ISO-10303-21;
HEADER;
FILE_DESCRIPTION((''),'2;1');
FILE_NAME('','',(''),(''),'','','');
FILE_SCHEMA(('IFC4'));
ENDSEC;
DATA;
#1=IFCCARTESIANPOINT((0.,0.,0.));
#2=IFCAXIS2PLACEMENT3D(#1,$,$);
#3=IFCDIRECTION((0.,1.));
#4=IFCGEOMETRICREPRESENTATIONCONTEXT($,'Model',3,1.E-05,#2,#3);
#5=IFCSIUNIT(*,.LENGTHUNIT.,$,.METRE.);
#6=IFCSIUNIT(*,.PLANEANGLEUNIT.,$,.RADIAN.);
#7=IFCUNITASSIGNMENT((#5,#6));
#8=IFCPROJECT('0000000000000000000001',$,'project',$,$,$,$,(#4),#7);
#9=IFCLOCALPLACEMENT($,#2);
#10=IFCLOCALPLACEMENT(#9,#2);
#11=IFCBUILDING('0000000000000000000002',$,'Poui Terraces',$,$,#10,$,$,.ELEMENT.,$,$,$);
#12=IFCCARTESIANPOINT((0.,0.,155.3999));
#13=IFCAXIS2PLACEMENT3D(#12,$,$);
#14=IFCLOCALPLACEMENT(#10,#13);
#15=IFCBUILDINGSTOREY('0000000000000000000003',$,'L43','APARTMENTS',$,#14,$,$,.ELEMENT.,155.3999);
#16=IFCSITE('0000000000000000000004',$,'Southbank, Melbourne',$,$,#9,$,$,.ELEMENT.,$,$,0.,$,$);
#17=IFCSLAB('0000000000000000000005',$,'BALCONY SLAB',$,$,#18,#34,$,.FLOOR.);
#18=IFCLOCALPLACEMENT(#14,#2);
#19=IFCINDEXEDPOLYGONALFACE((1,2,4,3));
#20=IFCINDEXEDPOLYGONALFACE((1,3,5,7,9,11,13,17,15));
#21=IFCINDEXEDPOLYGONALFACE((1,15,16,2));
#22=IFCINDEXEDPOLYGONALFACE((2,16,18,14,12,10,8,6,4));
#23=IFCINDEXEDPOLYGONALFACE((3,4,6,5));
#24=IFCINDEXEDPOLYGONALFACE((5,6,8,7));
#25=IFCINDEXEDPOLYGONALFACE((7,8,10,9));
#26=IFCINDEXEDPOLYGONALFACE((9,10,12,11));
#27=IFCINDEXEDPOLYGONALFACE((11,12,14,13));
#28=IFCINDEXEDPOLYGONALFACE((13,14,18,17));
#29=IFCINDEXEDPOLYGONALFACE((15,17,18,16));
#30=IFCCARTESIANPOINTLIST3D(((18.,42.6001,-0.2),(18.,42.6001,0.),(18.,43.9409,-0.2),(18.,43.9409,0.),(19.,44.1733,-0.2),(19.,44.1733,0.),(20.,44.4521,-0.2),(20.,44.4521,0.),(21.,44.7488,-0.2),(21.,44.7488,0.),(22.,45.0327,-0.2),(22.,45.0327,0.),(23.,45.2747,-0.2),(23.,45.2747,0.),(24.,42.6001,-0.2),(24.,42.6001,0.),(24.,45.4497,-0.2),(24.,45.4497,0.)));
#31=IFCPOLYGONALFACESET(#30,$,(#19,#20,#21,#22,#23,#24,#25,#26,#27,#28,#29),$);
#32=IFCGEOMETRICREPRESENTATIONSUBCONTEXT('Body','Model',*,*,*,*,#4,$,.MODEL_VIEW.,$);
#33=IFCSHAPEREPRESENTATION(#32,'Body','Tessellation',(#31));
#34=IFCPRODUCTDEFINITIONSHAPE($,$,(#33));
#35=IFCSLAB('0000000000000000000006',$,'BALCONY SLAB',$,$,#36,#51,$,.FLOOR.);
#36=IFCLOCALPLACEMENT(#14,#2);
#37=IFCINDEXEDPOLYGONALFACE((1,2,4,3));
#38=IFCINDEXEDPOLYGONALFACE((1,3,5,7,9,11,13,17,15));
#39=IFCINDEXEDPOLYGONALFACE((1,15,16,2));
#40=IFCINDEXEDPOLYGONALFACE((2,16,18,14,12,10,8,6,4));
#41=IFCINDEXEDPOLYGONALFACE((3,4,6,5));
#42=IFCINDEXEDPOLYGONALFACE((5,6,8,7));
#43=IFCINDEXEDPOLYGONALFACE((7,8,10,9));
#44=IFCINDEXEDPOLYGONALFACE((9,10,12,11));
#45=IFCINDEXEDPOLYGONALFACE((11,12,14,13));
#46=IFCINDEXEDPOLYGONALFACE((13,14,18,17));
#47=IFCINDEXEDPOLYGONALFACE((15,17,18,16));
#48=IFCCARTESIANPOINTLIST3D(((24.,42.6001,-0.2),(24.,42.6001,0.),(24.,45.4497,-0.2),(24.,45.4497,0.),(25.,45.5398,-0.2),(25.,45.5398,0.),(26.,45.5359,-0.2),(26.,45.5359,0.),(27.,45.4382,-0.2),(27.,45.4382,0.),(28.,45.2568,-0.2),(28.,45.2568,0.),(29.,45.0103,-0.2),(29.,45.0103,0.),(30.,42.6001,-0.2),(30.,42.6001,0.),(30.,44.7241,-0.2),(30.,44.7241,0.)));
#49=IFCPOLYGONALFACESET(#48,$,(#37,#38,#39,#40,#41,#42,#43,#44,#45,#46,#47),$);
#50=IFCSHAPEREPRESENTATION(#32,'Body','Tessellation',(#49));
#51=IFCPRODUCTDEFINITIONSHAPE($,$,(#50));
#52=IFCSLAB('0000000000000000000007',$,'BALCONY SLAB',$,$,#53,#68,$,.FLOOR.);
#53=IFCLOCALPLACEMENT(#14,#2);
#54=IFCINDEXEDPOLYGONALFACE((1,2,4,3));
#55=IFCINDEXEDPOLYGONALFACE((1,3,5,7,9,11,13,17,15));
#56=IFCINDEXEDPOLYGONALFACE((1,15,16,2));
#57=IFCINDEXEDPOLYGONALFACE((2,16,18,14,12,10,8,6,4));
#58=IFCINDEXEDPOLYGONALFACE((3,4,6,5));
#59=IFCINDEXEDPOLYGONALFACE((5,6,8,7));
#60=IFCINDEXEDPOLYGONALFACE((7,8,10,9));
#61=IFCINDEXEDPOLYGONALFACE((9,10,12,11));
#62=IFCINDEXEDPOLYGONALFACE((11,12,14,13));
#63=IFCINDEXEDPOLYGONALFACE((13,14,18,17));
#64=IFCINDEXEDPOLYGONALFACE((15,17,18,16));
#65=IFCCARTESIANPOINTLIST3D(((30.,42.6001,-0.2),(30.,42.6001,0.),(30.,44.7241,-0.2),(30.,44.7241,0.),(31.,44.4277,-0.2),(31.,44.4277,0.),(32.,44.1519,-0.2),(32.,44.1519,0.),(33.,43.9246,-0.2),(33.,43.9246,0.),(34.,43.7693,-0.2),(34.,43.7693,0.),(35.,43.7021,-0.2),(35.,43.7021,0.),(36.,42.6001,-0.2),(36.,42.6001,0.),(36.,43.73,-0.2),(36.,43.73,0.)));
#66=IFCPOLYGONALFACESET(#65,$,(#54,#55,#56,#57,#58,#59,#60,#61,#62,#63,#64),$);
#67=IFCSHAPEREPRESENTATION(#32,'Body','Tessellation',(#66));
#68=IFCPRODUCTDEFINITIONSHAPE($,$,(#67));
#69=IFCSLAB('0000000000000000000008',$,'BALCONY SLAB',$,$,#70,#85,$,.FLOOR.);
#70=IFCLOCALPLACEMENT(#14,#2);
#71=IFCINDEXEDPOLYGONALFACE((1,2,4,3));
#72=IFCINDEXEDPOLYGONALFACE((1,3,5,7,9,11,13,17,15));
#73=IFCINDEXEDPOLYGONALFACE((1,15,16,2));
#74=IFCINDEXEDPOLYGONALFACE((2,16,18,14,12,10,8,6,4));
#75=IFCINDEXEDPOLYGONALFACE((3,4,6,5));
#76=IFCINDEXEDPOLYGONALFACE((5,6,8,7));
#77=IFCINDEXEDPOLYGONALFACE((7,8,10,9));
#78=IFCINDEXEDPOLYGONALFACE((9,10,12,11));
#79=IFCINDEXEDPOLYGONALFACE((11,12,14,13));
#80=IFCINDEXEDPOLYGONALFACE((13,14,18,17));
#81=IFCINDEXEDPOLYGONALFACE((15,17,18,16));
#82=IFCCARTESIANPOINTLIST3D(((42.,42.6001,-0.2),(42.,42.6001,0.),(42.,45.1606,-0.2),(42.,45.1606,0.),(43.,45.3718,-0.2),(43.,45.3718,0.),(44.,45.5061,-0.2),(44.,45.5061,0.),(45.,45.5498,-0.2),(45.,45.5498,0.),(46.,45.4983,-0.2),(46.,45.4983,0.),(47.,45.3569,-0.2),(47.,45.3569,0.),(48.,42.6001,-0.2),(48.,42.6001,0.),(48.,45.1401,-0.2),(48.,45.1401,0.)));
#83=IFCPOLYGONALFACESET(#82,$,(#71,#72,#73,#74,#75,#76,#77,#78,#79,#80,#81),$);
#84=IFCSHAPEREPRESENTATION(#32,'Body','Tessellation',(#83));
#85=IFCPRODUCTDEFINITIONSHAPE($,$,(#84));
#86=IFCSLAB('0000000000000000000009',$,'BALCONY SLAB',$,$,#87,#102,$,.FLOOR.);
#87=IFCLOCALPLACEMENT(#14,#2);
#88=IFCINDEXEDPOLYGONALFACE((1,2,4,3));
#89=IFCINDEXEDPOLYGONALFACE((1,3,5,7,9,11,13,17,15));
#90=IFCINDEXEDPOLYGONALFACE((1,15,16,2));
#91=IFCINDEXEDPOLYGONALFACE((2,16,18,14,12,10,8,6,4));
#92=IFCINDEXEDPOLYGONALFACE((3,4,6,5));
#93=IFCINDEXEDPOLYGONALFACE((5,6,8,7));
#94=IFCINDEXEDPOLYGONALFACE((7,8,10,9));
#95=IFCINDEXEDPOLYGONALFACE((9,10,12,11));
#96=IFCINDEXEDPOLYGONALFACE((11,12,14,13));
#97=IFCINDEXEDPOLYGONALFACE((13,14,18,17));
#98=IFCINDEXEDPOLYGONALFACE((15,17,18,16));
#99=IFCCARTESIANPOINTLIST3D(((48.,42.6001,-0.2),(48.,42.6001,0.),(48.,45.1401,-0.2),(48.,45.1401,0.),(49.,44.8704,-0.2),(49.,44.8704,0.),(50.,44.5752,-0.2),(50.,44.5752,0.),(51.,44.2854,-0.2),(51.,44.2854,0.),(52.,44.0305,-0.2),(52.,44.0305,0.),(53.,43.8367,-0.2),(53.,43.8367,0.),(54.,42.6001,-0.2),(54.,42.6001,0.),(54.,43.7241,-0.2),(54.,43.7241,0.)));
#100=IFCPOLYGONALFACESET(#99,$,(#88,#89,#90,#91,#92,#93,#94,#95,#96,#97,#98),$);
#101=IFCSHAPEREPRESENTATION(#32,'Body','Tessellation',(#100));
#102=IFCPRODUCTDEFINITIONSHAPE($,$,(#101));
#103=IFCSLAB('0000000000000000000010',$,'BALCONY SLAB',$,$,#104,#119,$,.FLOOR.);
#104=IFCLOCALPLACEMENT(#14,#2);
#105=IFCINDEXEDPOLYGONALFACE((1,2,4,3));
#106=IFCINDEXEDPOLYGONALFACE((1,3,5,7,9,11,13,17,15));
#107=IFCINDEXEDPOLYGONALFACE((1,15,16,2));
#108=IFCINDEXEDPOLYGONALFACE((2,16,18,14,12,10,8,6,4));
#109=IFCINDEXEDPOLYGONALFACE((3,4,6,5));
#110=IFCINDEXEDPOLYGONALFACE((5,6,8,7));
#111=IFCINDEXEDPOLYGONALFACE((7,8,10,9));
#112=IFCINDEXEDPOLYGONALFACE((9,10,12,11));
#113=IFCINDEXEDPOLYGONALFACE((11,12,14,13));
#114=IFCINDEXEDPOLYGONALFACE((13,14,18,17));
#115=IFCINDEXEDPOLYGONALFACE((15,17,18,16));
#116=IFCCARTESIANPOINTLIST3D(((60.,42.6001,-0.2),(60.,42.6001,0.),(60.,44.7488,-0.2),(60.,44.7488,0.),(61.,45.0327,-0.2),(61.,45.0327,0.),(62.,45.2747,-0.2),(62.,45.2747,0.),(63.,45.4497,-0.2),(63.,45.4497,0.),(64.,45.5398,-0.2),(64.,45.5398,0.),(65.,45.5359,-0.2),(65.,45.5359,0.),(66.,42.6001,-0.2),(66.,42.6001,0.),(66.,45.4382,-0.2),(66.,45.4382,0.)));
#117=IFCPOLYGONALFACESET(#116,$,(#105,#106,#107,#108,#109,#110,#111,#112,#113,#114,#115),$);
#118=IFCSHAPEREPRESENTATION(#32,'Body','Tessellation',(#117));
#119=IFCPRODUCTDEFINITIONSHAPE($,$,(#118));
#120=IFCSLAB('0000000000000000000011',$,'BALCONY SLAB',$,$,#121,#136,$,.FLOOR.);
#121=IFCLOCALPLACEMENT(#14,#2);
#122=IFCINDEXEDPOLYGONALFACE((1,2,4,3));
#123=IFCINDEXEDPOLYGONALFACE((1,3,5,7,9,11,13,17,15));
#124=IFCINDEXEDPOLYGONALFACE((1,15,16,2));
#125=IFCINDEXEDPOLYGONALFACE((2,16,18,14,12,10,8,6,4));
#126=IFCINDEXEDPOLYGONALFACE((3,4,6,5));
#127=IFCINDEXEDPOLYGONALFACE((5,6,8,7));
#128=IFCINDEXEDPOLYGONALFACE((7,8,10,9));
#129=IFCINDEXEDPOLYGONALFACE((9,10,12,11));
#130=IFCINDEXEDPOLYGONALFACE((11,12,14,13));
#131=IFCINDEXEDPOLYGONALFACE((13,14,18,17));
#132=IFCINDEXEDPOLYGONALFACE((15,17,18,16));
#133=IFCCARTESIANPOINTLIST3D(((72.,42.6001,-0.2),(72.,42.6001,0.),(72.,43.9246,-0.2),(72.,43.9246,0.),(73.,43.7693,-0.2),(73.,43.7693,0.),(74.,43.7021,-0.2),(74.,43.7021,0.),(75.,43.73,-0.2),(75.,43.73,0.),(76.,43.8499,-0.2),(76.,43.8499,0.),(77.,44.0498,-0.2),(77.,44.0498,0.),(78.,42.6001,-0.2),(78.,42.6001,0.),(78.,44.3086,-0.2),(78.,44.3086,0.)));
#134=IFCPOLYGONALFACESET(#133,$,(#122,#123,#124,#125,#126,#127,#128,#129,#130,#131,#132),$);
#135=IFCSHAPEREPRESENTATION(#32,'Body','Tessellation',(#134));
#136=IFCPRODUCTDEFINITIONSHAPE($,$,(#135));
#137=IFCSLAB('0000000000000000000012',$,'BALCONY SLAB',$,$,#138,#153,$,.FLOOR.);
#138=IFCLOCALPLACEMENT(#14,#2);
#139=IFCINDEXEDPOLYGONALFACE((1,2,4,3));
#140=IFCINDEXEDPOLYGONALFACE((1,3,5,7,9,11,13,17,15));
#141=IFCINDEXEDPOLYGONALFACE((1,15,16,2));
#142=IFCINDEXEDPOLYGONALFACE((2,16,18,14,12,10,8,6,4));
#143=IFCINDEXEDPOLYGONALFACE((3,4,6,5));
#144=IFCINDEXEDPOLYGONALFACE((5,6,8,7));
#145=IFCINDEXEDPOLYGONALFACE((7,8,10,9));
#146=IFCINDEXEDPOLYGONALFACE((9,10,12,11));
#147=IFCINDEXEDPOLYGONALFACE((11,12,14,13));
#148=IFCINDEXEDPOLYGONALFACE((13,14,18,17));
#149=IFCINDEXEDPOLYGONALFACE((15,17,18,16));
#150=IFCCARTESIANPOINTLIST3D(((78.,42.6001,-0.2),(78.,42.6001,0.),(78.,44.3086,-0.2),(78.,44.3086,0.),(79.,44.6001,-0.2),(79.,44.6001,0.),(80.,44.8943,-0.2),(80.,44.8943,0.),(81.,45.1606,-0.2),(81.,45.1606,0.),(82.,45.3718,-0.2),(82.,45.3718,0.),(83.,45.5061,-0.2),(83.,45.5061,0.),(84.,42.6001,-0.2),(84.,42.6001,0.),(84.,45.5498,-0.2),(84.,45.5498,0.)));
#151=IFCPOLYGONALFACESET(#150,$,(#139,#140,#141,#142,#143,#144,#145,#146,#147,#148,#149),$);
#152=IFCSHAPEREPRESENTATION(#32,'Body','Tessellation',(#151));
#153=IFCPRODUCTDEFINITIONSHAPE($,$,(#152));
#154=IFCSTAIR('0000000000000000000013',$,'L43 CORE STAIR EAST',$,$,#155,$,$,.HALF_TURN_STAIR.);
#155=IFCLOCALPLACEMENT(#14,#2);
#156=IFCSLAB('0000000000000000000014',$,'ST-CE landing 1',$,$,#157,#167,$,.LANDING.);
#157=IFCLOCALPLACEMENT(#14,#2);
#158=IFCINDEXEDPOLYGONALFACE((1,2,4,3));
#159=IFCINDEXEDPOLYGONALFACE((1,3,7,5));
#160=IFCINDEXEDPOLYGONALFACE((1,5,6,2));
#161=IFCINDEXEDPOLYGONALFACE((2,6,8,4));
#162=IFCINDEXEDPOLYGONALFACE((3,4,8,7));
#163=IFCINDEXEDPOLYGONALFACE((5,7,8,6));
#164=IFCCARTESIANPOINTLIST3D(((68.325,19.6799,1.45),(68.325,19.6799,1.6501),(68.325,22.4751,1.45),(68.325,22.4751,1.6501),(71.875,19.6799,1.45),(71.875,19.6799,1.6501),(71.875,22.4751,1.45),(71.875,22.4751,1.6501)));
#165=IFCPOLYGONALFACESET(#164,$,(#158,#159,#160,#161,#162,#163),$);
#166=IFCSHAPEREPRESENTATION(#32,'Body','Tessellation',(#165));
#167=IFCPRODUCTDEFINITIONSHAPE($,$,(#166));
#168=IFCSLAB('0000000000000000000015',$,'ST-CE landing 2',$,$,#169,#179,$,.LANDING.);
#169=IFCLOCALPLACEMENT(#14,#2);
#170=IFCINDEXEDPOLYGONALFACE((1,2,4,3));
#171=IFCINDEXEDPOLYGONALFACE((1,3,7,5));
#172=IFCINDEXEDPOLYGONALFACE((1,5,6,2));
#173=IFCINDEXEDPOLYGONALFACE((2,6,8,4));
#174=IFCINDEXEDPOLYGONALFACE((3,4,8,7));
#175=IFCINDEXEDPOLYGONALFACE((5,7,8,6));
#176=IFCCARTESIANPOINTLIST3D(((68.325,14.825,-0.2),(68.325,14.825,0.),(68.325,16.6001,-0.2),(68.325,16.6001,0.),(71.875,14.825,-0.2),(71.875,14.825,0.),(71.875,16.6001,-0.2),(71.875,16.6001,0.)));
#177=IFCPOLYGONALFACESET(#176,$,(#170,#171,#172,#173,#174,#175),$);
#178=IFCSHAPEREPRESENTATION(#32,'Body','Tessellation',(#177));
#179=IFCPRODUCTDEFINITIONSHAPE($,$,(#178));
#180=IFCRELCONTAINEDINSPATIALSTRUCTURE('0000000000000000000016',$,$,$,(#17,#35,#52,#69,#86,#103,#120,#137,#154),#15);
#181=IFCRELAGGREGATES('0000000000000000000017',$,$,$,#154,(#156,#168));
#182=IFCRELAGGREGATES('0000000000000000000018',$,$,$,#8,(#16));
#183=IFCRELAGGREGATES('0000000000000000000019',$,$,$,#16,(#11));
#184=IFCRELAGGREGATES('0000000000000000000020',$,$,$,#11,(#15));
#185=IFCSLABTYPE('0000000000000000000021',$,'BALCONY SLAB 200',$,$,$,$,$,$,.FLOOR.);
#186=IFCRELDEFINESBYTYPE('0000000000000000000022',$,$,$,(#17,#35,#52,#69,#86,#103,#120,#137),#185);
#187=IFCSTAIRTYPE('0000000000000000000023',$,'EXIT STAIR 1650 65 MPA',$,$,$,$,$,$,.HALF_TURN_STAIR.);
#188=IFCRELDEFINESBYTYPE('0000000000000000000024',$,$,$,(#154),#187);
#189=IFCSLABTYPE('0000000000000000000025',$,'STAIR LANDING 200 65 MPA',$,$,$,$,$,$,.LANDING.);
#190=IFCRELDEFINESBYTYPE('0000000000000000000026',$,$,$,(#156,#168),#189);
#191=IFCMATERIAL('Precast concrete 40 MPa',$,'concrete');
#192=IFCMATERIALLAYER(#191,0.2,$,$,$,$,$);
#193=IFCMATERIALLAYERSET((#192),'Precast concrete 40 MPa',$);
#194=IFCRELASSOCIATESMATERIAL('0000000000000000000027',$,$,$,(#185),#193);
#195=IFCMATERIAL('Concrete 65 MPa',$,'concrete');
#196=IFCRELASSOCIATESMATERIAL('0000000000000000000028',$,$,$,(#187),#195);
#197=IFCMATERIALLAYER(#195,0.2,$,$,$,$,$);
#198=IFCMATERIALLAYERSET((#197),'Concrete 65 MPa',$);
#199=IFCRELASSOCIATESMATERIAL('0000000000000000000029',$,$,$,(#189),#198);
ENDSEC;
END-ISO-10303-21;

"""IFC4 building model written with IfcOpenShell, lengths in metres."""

from ifc_helpers import new_model, si_unit, direction, frame, origin, place, context, subcontext, project, spatial, polyline, outline, extrude, material, layer, layer_set, type_object, element, aggregate, save


model = new_model("IFC4")

# Units and contexts
model_context = context("Model", 3, precision=1e-05, world=origin(), true_north=direction((0.0, 1.0)))
body_context = subcontext(model_context, "Body", "Model", "MODEL_VIEW")
ifc_project = project(units=[si_unit("LENGTHUNIT", "METRE"), si_unit("PLANEANGLEUNIT", "RADIAN")], contexts=[model_context])

# Site, building, storey
site_placement = place(None, origin())
site = spatial("IfcSite", under=ifc_project, at=site_placement, Name="Southbank, Melbourne", CompositionType="ELEMENT", RefElevation=0.0)
building_placement = place(site_placement, origin())
building = spatial("IfcBuilding", under=site, at=building_placement, Name="Poui Terraces", CompositionType="ELEMENT")
storey_placement = place(building_placement, frame((0.0, 0.0, 155.3999)))
storey = spatial("IfcBuildingStorey", under=building, at=storey_placement, Name="L43", Description="APARTMENTS", CompositionType="ELEMENT", Elevation=155.3999)

# Slabs
ifc_material_1 = material(Name="Precast concrete 40 MPa", Category="concrete")
ifc_layer_1 = layer(ifc_material_1, 0.2)
ifc_layer_set_1 = layer_set([ifc_layer_1], Name="Precast concrete 40 MPa")
slab_type_1 = type_object("IfcSlabType", Name="BALCONY SLAB 200", PredefinedType="FLOOR", material=ifc_layer_set_1)
slab_1_placement = place(storey_placement, frame((0.0, 0.0, -0.2)))
element("IfcSlab", 1, at=slab_1_placement, inside=storey, type_object=slab_type_1, Name="BALCONY SLAB", PredefinedType="FLOOR", context=body_context, shape_type="SweptSolid", body=[
    extrude(outline(polyline([(18.0, 42.6001), (24.0, 42.6001), (24.0, 45.4497), (23.0, 45.2747), (22.0, 45.0327), (21.0, 44.7488), (20.0, 44.4521), (19.0, 44.1733), (18.0, 43.9409), (18.0, 42.6001)])), origin(), (0.0, 0.0, 1.0), 0.2),
])
slab_2_placement = place(storey_placement, frame((0.0, 0.0, -0.2)))
element("IfcSlab", 2, at=slab_2_placement, inside=storey, type_object=slab_type_1, Name="BALCONY SLAB", PredefinedType="FLOOR", context=body_context, shape_type="SweptSolid", body=[
    extrude(outline(polyline([(24.0, 42.6001), (30.0, 42.6001), (30.0, 44.7241), (29.0, 45.0103), (28.0, 45.2568), (27.0, 45.4382), (26.0, 45.5359), (25.0, 45.5398), (24.0, 45.4497), (24.0, 42.6001)])), origin(), (0.0, 0.0, 1.0), 0.2),
])
slab_3_placement = place(storey_placement, frame((0.0, 0.0, -0.2)))
element("IfcSlab", 3, at=slab_3_placement, inside=storey, type_object=slab_type_1, Name="BALCONY SLAB", PredefinedType="FLOOR", context=body_context, shape_type="SweptSolid", body=[
    extrude(outline(polyline([(30.0, 42.6001), (36.0, 42.6001), (36.0, 43.73), (35.0, 43.7021), (34.0, 43.7693), (33.0, 43.9246), (32.0, 44.1519), (31.0, 44.4277), (30.0, 44.7241), (30.0, 42.6001)])), origin(), (0.0, 0.0, 1.0), 0.2),
])
slab_4_placement = place(storey_placement, frame((0.0, 0.0, -0.2)))
element("IfcSlab", 4, at=slab_4_placement, inside=storey, type_object=slab_type_1, Name="BALCONY SLAB", PredefinedType="FLOOR", context=body_context, shape_type="SweptSolid", body=[
    extrude(outline(polyline([(42.0, 42.6001), (48.0, 42.6001), (48.0, 45.1401), (47.0, 45.3569), (46.0, 45.4983), (45.0, 45.5498), (44.0, 45.5061), (43.0, 45.3718), (42.0, 45.1606), (42.0, 42.6001)])), origin(), (0.0, 0.0, 1.0), 0.2),
])
slab_5_placement = place(storey_placement, frame((0.0, 0.0, -0.2)))
element("IfcSlab", 5, at=slab_5_placement, inside=storey, type_object=slab_type_1, Name="BALCONY SLAB", PredefinedType="FLOOR", context=body_context, shape_type="SweptSolid", body=[
    extrude(outline(polyline([(48.0, 42.6001), (54.0, 42.6001), (54.0, 43.7241), (53.0, 43.8367), (52.0, 44.0305), (51.0, 44.2854), (50.0, 44.5752), (49.0, 44.8704), (48.0, 45.1401), (48.0, 42.6001)])), origin(), (0.0, 0.0, 1.0), 0.2),
])
slab_6_placement = place(storey_placement, frame((0.0, 0.0, -0.2)))
element("IfcSlab", 6, at=slab_6_placement, inside=storey, type_object=slab_type_1, Name="BALCONY SLAB", PredefinedType="FLOOR", context=body_context, shape_type="SweptSolid", body=[
    extrude(outline(polyline([(60.0, 42.6001), (66.0, 42.6001), (66.0, 45.4382), (65.0, 45.5359), (64.0, 45.5398), (63.0, 45.4497), (62.0, 45.2747), (61.0, 45.0327), (60.0, 44.7488), (60.0, 42.6001)])), origin(), (0.0, 0.0, 1.0), 0.2),
])
slab_7_placement = place(storey_placement, frame((0.0, 0.0, -0.2)))
element("IfcSlab", 7, at=slab_7_placement, inside=storey, type_object=slab_type_1, Name="BALCONY SLAB", PredefinedType="FLOOR", context=body_context, shape_type="SweptSolid", body=[
    extrude(outline(polyline([(72.0, 42.6001), (78.0, 42.6001), (78.0, 44.3086), (77.0, 44.0498), (76.0, 43.8499), (75.0, 43.73), (74.0, 43.7021), (73.0, 43.7693), (72.0, 43.9246), (72.0, 42.6001)])), origin(), (0.0, 0.0, 1.0), 0.2),
])
slab_8_placement = place(storey_placement, frame((0.0, 0.0, -0.2)))
element("IfcSlab", 8, at=slab_8_placement, inside=storey, type_object=slab_type_1, Name="BALCONY SLAB", PredefinedType="FLOOR", context=body_context, shape_type="SweptSolid", body=[
    extrude(outline(polyline([(78.0, 42.6001), (84.0, 42.6001), (84.0, 45.5498), (83.0, 45.5061), (82.0, 45.3718), (81.0, 45.1606), (80.0, 44.8943), (79.0, 44.6001), (78.0, 44.3086), (78.0, 42.6001)])), origin(), (0.0, 0.0, 1.0), 0.2),
])

# Stair, slabs
ifc_material_2 = material(Name="Concrete 65 MPa", Category="concrete")
stair_type = type_object("IfcStairType", Name="EXIT STAIR 1650 65 MPA", PredefinedType="HALF_TURN_STAIR", material=ifc_material_2)
stair_placement = place(storey_placement, origin())
stair = element("IfcStair", 9, at=stair_placement, inside=storey, type_object=stair_type, Name="L43 CORE STAIR EAST", PredefinedType="HALF_TURN_STAIR")
ifc_layer_2 = layer(ifc_material_2, 0.2)
ifc_layer_set_2 = layer_set([ifc_layer_2], Name="Concrete 65 MPa")
slab_type_2 = type_object("IfcSlabType", Name="STAIR LANDING 200 65 MPA", PredefinedType="LANDING", material=ifc_layer_set_2)
slab_9_placement = place(storey_placement, frame((0.0, 0.0, 1.45)))
slab_9 = element("IfcSlab", 10, at=slab_9_placement, type_object=slab_type_2, Name="ST-CE landing 1", PredefinedType="LANDING", context=body_context, shape_type="SweptSolid", body=[
    extrude(outline(polyline([(68.325, 19.6799), (71.875, 19.6799), (71.875, 22.4751), (68.325, 22.4751), (68.325, 19.6799)])), origin(), (0.0, 0.0, 1.0), 0.2002),
])
slab_10_placement = place(storey_placement, frame((0.0, 0.0, -0.2)))
slab_10 = element("IfcSlab", 11, at=slab_10_placement, type_object=slab_type_2, Name="ST-CE landing 2", PredefinedType="LANDING", context=body_context, shape_type="SweptSolid", body=[
    extrude(outline(polyline([(68.325, 14.825), (71.875, 14.825), (71.875, 16.6001), (68.325, 16.6001), (68.325, 14.825)])), origin(), (0.0, 0.0, 1.0), 0.2),
])
aggregate(stair, [slab_9, slab_10])

save(model, "model.ifc")
